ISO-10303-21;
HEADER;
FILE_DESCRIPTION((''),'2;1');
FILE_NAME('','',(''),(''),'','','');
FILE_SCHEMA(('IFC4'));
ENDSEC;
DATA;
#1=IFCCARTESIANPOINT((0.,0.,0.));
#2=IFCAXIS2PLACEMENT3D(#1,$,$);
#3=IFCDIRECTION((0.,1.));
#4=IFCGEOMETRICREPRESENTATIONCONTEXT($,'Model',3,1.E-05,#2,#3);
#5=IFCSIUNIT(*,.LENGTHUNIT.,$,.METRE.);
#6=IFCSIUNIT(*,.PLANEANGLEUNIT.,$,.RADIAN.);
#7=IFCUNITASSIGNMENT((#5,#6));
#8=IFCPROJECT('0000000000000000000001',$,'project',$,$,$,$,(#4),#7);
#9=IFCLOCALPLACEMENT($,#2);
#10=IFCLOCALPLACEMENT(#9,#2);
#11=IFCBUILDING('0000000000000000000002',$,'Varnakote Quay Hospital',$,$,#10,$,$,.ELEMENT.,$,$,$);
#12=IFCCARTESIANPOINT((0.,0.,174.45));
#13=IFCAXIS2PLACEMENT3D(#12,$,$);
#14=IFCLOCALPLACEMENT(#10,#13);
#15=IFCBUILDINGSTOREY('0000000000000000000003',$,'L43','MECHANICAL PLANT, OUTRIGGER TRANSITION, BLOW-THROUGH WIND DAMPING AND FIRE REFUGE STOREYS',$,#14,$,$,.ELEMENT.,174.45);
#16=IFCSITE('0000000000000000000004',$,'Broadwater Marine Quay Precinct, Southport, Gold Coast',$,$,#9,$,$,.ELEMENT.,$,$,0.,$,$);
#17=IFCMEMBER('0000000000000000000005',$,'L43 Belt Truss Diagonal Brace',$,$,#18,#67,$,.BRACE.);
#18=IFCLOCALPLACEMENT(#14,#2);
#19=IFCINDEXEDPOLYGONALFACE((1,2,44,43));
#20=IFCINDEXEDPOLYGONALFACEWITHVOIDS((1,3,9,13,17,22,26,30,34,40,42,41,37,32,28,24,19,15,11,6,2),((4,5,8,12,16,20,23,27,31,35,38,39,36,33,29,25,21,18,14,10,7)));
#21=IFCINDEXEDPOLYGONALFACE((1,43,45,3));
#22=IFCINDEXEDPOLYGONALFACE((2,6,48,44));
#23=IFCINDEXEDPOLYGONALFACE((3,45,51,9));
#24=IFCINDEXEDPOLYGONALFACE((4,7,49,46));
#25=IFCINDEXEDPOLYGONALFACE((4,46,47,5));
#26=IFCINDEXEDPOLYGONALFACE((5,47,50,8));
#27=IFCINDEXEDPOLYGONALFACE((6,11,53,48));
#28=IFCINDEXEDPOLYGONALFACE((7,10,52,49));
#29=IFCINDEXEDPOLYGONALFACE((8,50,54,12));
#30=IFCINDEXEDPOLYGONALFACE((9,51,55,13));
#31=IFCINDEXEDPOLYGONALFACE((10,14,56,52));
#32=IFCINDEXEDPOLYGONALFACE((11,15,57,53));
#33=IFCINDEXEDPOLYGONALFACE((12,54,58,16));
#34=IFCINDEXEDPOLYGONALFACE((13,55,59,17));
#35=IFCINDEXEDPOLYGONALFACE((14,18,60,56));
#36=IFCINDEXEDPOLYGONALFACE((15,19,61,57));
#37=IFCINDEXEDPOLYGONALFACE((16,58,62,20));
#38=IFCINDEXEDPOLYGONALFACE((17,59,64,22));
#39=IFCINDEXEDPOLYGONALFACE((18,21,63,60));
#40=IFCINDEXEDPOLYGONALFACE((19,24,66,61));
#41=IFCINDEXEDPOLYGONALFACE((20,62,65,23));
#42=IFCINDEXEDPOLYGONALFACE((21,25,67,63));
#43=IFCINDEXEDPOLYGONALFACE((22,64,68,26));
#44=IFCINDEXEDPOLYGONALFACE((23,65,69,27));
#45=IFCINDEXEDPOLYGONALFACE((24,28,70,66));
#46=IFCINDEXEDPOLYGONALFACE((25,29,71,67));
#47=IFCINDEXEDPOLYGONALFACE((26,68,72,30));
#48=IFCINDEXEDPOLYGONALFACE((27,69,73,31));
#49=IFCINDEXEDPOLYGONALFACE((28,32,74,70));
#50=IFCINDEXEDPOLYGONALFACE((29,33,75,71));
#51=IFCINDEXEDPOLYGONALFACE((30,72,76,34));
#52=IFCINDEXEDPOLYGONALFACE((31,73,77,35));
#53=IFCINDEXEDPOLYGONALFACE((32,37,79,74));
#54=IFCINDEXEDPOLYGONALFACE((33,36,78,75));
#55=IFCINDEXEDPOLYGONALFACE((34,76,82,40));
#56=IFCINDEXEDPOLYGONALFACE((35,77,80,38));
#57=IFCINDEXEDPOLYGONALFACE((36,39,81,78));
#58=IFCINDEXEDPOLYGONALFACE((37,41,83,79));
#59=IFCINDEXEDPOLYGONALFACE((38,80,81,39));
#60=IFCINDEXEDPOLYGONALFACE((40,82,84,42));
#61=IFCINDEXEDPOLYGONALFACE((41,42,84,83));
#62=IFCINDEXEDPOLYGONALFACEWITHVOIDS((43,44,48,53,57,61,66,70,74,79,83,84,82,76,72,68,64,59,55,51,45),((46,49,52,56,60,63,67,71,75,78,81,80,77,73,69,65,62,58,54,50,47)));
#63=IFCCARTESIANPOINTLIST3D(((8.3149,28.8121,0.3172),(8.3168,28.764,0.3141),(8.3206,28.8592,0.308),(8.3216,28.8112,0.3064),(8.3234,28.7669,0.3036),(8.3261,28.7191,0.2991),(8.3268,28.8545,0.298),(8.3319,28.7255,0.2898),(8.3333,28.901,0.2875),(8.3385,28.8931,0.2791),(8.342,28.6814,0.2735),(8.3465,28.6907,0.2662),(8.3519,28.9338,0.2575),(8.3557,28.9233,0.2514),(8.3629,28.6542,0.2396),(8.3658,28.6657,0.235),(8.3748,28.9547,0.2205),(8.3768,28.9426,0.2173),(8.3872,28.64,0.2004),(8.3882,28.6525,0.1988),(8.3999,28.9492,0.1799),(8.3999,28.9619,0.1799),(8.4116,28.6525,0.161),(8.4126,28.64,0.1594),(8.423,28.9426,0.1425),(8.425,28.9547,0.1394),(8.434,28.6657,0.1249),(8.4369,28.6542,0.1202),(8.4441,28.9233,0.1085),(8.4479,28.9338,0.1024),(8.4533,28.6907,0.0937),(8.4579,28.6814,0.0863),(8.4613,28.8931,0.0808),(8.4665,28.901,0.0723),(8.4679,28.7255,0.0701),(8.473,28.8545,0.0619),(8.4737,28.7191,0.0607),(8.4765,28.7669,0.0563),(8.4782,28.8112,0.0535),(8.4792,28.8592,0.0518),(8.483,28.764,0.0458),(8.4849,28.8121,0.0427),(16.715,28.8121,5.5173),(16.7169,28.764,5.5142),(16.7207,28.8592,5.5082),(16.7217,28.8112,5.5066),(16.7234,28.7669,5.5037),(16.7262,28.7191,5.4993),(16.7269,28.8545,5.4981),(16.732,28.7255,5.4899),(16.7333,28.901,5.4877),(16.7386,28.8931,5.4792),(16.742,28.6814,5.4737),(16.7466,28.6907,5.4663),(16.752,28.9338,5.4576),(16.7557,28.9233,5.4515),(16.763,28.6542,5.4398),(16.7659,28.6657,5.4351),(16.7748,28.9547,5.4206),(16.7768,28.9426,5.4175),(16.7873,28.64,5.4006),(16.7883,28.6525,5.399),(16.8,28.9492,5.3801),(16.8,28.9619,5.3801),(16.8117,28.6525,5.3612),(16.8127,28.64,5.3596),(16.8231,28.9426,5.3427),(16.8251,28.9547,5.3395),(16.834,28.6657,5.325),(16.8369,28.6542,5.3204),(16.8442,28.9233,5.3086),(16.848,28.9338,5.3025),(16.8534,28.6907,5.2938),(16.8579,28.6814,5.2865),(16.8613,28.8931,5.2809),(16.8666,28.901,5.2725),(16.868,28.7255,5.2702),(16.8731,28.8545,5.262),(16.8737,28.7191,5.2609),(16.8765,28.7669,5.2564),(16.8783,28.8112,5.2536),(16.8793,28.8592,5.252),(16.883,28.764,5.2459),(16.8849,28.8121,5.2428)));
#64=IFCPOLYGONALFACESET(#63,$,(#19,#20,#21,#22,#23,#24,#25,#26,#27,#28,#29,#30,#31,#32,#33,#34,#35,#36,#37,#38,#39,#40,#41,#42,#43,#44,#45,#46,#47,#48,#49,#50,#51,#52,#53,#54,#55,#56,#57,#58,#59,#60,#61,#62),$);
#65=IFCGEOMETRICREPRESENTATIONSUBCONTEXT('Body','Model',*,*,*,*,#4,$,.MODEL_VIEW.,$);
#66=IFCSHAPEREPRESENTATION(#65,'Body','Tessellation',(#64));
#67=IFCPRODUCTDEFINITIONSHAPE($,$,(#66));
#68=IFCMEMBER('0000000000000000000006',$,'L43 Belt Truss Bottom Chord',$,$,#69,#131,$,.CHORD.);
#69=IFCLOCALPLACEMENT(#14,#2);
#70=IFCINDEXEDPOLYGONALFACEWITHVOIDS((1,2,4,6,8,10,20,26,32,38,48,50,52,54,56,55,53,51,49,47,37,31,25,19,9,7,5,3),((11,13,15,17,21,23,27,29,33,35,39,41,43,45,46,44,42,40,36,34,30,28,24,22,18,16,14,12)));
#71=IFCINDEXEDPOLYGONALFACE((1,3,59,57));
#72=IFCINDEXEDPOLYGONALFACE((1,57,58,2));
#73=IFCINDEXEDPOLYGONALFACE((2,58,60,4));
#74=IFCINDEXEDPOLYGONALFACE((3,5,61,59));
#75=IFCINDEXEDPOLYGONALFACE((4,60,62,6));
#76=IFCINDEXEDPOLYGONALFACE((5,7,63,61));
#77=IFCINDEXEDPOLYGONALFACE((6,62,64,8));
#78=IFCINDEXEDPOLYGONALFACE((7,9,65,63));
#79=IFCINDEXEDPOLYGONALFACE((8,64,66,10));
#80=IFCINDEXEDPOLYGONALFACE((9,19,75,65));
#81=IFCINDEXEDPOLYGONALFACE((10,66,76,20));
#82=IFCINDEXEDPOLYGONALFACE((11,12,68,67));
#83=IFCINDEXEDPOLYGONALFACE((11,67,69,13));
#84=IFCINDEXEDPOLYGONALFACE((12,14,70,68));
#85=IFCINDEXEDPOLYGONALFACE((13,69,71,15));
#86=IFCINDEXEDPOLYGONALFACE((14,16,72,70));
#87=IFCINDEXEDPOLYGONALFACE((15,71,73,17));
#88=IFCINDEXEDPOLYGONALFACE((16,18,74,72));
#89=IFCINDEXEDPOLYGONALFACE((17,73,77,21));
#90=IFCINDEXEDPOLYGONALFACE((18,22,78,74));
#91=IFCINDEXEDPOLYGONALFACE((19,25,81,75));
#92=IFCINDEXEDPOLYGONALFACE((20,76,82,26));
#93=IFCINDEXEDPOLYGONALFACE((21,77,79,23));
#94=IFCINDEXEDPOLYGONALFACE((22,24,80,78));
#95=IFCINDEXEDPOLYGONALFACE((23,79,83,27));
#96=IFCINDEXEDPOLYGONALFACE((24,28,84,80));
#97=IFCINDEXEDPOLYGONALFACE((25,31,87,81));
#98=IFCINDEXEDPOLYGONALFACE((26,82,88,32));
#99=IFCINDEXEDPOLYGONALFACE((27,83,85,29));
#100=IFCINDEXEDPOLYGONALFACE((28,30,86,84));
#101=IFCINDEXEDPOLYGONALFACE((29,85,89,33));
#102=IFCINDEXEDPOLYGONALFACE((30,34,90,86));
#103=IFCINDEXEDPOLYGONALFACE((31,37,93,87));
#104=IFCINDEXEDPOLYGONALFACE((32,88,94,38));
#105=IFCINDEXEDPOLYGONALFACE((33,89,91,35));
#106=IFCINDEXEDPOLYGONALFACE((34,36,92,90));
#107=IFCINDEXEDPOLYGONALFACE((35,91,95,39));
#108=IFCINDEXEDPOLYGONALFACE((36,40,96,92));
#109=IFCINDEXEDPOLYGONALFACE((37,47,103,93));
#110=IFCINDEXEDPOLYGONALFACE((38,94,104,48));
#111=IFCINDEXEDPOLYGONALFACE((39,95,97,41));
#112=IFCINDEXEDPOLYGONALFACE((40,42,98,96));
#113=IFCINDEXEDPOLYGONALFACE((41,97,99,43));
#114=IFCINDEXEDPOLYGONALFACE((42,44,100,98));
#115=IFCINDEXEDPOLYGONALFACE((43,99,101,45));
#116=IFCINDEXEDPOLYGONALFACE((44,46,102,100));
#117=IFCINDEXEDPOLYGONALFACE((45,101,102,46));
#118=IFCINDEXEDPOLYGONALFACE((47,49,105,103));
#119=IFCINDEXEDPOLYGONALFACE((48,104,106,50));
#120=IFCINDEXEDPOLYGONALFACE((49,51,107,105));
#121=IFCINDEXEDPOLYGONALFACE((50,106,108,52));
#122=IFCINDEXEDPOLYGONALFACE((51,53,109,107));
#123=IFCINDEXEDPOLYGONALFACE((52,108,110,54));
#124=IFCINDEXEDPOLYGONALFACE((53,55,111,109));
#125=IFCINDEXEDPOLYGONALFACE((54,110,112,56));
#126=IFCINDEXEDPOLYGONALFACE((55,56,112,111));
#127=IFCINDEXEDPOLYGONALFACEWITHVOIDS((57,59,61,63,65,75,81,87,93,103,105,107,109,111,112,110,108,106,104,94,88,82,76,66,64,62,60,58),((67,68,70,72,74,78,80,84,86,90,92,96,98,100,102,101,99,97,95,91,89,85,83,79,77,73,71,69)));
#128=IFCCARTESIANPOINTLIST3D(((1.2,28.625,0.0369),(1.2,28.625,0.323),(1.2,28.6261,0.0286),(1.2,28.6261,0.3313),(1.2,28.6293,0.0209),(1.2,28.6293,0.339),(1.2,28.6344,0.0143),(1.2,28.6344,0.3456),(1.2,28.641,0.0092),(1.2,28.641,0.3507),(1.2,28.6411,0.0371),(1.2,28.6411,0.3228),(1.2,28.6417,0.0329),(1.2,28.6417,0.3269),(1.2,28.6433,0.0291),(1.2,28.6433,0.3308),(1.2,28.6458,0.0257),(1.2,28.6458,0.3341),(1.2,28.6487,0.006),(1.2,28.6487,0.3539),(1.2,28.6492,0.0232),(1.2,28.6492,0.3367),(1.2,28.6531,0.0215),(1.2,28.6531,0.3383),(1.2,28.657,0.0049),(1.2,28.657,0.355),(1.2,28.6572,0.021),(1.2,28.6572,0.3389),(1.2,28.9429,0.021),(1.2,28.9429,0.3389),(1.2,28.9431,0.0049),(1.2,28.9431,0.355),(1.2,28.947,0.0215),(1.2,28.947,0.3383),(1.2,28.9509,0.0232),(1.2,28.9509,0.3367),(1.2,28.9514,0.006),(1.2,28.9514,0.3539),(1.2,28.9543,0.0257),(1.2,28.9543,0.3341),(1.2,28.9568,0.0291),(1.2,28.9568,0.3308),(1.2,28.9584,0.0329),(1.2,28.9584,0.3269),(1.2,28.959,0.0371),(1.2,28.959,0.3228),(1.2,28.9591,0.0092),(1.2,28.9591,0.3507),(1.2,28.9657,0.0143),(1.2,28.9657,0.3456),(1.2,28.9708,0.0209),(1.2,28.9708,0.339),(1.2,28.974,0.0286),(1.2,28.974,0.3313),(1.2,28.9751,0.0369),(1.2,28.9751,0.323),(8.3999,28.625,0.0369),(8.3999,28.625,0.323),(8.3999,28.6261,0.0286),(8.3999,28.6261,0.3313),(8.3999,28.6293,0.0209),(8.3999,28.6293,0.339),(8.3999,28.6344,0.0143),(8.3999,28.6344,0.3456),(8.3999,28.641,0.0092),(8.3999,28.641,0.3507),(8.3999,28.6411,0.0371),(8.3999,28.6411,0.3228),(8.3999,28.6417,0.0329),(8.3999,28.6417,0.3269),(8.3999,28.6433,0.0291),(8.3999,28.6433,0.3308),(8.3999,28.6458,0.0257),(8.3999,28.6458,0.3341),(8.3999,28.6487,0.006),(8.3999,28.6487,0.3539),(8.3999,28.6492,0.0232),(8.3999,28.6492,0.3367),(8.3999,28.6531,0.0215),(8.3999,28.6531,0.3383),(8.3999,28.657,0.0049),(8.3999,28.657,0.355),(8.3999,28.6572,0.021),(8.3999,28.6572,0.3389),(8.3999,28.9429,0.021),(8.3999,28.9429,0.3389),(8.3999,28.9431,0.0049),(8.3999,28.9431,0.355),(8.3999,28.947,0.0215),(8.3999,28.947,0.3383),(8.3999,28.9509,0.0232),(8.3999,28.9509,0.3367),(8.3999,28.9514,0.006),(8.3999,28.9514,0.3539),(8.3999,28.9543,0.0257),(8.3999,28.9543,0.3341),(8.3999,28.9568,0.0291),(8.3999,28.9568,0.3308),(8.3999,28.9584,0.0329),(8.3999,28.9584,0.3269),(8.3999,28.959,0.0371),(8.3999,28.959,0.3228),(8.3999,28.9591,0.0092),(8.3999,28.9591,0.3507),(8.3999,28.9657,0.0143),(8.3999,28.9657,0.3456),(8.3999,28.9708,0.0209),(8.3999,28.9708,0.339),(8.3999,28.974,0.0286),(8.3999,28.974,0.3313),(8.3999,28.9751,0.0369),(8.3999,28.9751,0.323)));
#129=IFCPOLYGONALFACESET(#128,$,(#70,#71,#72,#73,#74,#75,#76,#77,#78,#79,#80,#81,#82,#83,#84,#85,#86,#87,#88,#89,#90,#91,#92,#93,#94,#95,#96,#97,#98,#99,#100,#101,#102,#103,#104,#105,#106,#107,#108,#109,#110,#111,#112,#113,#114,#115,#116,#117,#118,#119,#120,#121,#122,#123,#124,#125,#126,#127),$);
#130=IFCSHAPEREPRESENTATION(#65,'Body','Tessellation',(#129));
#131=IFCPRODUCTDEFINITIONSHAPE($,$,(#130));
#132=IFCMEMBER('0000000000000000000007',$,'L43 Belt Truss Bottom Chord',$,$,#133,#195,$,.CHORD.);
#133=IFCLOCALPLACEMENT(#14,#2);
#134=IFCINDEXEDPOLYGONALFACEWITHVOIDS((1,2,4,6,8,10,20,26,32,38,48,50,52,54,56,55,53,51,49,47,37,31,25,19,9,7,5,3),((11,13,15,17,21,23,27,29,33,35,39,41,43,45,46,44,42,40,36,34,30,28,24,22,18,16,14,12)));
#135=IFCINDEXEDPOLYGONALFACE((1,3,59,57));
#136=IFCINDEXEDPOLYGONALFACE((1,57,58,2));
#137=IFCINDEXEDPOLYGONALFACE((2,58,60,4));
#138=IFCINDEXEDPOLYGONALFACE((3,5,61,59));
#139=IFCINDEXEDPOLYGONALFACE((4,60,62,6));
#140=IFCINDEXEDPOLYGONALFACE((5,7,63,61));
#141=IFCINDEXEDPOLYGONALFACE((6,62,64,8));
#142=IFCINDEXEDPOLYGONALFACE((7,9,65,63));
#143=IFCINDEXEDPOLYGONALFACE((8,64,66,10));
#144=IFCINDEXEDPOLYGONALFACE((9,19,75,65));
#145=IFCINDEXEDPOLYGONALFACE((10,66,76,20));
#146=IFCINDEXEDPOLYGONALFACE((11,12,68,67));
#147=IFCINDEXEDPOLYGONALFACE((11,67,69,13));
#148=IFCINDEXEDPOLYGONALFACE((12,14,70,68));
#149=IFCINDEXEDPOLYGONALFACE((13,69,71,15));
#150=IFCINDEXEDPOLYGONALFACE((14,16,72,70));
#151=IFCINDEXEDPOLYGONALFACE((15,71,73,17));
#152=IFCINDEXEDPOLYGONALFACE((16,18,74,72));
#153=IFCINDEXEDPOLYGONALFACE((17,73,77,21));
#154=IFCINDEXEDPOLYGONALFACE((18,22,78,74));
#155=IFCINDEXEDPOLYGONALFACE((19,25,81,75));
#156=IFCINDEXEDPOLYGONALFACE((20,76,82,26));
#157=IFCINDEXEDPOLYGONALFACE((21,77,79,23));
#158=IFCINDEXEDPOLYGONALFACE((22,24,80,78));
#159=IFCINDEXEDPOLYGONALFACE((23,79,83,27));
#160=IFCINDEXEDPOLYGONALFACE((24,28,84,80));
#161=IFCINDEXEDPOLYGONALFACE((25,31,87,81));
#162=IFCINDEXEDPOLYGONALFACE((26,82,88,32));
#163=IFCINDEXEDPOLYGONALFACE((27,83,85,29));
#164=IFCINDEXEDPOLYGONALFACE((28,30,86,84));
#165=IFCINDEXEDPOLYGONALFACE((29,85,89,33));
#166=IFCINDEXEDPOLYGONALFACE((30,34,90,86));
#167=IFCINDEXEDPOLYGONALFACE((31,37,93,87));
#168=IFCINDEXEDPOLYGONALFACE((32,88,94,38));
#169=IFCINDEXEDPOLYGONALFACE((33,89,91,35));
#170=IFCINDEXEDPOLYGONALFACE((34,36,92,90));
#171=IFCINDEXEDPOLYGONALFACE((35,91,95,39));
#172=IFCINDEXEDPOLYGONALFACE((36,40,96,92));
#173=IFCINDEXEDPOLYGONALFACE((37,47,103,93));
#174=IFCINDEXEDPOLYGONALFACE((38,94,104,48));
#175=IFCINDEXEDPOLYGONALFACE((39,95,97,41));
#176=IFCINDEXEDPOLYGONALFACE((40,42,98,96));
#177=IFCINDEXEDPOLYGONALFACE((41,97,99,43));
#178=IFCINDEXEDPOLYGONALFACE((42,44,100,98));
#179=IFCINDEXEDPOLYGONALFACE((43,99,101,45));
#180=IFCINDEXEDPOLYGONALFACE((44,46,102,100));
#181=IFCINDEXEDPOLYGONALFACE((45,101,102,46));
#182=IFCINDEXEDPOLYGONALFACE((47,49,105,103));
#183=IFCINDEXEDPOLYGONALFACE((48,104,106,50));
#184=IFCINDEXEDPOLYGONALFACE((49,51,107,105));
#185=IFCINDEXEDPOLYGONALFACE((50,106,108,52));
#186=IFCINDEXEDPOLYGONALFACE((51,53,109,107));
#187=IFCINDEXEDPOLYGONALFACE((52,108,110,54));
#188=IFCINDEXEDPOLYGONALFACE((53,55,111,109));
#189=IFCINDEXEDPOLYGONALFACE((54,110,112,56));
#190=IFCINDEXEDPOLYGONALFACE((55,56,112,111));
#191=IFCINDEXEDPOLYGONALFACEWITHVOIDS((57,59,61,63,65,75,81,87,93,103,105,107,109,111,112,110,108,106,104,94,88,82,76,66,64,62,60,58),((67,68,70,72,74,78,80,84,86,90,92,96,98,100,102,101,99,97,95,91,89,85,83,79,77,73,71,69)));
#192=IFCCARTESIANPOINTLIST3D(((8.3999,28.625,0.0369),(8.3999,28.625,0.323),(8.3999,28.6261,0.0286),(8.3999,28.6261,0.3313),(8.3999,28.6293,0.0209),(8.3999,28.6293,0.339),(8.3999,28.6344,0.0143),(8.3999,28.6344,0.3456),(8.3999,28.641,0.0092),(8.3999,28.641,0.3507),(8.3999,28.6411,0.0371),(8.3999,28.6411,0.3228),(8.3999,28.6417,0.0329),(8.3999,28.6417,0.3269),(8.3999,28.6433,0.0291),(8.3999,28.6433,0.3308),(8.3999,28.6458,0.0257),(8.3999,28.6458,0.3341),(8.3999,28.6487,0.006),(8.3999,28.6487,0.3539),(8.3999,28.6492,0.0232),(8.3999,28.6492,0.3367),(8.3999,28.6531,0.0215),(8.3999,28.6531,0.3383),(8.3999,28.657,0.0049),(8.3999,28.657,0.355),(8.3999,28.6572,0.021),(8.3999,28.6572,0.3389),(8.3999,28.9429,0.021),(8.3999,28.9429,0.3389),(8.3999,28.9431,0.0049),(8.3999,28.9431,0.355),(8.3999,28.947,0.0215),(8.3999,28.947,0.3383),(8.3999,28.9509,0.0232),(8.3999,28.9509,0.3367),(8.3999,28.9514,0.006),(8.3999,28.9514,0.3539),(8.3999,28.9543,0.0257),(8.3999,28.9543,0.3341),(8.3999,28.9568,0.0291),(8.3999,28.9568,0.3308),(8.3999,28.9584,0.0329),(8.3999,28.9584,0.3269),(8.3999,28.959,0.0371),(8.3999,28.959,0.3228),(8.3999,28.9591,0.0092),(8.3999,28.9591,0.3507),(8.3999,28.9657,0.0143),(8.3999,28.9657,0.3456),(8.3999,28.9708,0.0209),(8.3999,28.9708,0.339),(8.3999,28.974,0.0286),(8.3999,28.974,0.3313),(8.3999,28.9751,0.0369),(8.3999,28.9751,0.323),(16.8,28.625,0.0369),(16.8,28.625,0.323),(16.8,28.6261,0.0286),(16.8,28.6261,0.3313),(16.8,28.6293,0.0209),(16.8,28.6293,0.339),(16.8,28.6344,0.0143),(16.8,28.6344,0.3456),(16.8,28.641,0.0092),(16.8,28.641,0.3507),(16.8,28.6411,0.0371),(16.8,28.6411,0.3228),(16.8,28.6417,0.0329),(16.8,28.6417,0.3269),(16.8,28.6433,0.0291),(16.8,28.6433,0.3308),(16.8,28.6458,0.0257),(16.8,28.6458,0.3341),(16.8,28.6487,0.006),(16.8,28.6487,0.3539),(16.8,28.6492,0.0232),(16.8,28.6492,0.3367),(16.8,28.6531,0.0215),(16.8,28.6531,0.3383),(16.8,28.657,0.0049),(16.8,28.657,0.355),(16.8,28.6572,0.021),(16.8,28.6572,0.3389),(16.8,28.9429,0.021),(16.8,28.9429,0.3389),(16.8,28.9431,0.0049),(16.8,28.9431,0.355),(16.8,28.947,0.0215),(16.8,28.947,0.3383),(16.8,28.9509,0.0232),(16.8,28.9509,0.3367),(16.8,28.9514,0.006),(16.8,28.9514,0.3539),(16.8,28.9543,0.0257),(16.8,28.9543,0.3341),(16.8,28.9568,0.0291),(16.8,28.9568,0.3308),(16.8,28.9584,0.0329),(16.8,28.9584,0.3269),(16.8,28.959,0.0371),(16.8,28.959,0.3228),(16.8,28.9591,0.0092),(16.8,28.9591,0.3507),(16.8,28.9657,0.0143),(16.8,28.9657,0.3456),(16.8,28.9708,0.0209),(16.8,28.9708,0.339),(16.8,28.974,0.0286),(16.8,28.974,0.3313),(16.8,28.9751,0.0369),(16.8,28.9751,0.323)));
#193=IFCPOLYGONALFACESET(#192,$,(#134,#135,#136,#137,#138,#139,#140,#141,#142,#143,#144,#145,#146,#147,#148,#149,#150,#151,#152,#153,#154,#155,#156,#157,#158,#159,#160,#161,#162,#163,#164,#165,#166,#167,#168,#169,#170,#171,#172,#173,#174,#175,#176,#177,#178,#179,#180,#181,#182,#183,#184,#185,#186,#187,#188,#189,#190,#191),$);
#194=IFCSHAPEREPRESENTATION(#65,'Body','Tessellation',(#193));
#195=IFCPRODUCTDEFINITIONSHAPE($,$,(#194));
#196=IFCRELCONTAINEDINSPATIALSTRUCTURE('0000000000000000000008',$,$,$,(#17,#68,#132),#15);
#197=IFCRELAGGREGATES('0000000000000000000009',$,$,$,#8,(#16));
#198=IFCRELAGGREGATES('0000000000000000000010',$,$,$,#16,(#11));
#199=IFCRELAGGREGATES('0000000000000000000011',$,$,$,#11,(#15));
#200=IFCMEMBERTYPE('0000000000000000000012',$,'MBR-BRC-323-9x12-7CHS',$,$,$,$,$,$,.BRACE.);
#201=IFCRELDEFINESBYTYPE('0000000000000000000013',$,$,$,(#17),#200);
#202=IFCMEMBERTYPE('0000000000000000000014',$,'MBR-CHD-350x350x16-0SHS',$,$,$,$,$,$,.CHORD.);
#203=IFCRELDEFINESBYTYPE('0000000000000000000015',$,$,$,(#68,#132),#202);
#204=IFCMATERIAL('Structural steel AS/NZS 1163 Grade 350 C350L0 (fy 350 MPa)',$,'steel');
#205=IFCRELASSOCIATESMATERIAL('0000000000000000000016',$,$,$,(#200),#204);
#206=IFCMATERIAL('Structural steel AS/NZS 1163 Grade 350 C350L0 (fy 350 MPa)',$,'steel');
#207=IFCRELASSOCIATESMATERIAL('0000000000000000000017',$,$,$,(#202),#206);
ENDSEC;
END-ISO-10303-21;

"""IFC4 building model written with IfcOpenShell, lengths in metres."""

from ifc_helpers import new_model, si_unit, direction, frame, origin, origin_2d, place, context, subcontext, project, spatial, hollow_rectangle, hollow_circle, extrude, material, material_profile, profile_set, type_object, element, save


model = new_model("IFC4")

# Units and contexts
model_context = context("Model", 3, precision=1e-05, world=origin(), true_north=direction((0.0, 1.0)))
body_context = subcontext(model_context, "Body", "Model", "MODEL_VIEW")
ifc_project = project(units=[si_unit("LENGTHUNIT", "METRE"), si_unit("PLANEANGLEUNIT", "RADIAN")], contexts=[model_context])

# Site, building, storey
site_placement = place(None, origin())
site = spatial("IfcSite", under=ifc_project, at=site_placement, Name="Broadwater Marine Quay Precinct, Southport, Gold Coast", CompositionType="ELEMENT", RefElevation=0.0)
building_placement = place(site_placement, origin())
building = spatial("IfcBuilding", under=site, at=building_placement, Name="Varnakote Quay Hospital", CompositionType="ELEMENT")
storey_placement = place(building_placement, frame((0.0, 0.0, 174.45)))
storey = spatial("IfcBuildingStorey", under=building, at=storey_placement, Name="L43", Description="MECHANICAL PLANT, OUTRIGGER TRANSITION, BLOW-THROUGH WIND DAMPING AND FIRE REFUGE STOREYS", CompositionType="ELEMENT", Elevation=174.45)

# Members
ifc_material_1 = material(Name="Structural steel AS/NZS 1163 Grade 350 C350L0 (fy 350 MPa)", Category="steel")
ifc_material_profile_1 = material_profile(ifc_material_1, hollow_circle(Radius=0.1619, WallThickness=0.0127, at=origin_2d()), Name="323.9x12.7CHS")
ifc_profile_set_1 = profile_set([ifc_material_profile_1], Name="Structural steel AS/NZS 1163 Grade 350 C350L0 (fy 350 MPa)")
member_type_1 = type_object("IfcMemberType", Name="MBR-BRC-323-9x12-7CHS", PredefinedType="BRACE", material=ifc_profile_set_1)
member_1_placement = place(storey_placement, frame((8.3999, 28.8, 0.1799), z_axis=(0.85026, 0.0, 0.526362), x_axis=(0.0, 1.0, 0.0)))
element("IfcMember", 1, at=member_1_placement, inside=storey, type_object=member_type_1, Name="L43 Belt Truss Diagonal Brace", PredefinedType="BRACE", context=body_context, shape_type="SweptSolid", body=[
    extrude(hollow_circle(Radius=0.1619, WallThickness=0.0127, at=origin_2d()), origin(), (0.0, 0.0, 1.0), 9.8794),
])
ifc_material_2 = material(Name="Structural steel AS/NZS 1163 Grade 350 C350L0 (fy 350 MPa)", Category="steel")
ifc_material_profile_2 = material_profile(ifc_material_2, hollow_rectangle(XDim=0.3501, YDim=0.3501, WallThickness=0.0161, InnerFilletRadius=0.0161, OuterFilletRadius=0.032, at=origin_2d()), Name="350x350x16.0SHS")
ifc_profile_set_2 = profile_set([ifc_material_profile_2], Name="Structural steel AS/NZS 1163 Grade 350 C350L0 (fy 350 MPa)")
member_type_2 = type_object("IfcMemberType", Name="MBR-CHD-350x350x16-0SHS", PredefinedType="CHORD", material=ifc_profile_set_2)
member_2_placement = place(storey_placement, frame((1.2, 28.8, 0.1799), z_axis=(1.0, 0.0, 0.0), x_axis=(0.0, 1.0, 0.0)))
element("IfcMember", 2, at=member_2_placement, inside=storey, type_object=member_type_2, Name="L43 Belt Truss Bottom Chord", PredefinedType="CHORD", context=body_context, shape_type="SweptSolid", body=[
    extrude(hollow_rectangle(XDim=0.3501, YDim=0.3501, WallThickness=0.0161, InnerFilletRadius=0.0161, OuterFilletRadius=0.032, at=origin_2d()), origin(), (0.0, 0.0, 1.0), 7.2),
])
member_3_placement = place(storey_placement, frame((8.3999, 28.8, 0.1799), z_axis=(1.0, 0.0, 0.0), x_axis=(0.0, 1.0, 0.0)))
element("IfcMember", 3, at=member_3_placement, inside=storey, type_object=member_type_2, Name="L43 Belt Truss Bottom Chord", PredefinedType="CHORD", context=body_context, shape_type="SweptSolid", body=[
    extrude(hollow_rectangle(XDim=0.3501, YDim=0.3501, WallThickness=0.0161, InnerFilletRadius=0.0161, OuterFilletRadius=0.032, at=origin_2d()), origin(), (0.0, 0.0, 1.0), 8.4001),
])

save(model, "model.ifc")
